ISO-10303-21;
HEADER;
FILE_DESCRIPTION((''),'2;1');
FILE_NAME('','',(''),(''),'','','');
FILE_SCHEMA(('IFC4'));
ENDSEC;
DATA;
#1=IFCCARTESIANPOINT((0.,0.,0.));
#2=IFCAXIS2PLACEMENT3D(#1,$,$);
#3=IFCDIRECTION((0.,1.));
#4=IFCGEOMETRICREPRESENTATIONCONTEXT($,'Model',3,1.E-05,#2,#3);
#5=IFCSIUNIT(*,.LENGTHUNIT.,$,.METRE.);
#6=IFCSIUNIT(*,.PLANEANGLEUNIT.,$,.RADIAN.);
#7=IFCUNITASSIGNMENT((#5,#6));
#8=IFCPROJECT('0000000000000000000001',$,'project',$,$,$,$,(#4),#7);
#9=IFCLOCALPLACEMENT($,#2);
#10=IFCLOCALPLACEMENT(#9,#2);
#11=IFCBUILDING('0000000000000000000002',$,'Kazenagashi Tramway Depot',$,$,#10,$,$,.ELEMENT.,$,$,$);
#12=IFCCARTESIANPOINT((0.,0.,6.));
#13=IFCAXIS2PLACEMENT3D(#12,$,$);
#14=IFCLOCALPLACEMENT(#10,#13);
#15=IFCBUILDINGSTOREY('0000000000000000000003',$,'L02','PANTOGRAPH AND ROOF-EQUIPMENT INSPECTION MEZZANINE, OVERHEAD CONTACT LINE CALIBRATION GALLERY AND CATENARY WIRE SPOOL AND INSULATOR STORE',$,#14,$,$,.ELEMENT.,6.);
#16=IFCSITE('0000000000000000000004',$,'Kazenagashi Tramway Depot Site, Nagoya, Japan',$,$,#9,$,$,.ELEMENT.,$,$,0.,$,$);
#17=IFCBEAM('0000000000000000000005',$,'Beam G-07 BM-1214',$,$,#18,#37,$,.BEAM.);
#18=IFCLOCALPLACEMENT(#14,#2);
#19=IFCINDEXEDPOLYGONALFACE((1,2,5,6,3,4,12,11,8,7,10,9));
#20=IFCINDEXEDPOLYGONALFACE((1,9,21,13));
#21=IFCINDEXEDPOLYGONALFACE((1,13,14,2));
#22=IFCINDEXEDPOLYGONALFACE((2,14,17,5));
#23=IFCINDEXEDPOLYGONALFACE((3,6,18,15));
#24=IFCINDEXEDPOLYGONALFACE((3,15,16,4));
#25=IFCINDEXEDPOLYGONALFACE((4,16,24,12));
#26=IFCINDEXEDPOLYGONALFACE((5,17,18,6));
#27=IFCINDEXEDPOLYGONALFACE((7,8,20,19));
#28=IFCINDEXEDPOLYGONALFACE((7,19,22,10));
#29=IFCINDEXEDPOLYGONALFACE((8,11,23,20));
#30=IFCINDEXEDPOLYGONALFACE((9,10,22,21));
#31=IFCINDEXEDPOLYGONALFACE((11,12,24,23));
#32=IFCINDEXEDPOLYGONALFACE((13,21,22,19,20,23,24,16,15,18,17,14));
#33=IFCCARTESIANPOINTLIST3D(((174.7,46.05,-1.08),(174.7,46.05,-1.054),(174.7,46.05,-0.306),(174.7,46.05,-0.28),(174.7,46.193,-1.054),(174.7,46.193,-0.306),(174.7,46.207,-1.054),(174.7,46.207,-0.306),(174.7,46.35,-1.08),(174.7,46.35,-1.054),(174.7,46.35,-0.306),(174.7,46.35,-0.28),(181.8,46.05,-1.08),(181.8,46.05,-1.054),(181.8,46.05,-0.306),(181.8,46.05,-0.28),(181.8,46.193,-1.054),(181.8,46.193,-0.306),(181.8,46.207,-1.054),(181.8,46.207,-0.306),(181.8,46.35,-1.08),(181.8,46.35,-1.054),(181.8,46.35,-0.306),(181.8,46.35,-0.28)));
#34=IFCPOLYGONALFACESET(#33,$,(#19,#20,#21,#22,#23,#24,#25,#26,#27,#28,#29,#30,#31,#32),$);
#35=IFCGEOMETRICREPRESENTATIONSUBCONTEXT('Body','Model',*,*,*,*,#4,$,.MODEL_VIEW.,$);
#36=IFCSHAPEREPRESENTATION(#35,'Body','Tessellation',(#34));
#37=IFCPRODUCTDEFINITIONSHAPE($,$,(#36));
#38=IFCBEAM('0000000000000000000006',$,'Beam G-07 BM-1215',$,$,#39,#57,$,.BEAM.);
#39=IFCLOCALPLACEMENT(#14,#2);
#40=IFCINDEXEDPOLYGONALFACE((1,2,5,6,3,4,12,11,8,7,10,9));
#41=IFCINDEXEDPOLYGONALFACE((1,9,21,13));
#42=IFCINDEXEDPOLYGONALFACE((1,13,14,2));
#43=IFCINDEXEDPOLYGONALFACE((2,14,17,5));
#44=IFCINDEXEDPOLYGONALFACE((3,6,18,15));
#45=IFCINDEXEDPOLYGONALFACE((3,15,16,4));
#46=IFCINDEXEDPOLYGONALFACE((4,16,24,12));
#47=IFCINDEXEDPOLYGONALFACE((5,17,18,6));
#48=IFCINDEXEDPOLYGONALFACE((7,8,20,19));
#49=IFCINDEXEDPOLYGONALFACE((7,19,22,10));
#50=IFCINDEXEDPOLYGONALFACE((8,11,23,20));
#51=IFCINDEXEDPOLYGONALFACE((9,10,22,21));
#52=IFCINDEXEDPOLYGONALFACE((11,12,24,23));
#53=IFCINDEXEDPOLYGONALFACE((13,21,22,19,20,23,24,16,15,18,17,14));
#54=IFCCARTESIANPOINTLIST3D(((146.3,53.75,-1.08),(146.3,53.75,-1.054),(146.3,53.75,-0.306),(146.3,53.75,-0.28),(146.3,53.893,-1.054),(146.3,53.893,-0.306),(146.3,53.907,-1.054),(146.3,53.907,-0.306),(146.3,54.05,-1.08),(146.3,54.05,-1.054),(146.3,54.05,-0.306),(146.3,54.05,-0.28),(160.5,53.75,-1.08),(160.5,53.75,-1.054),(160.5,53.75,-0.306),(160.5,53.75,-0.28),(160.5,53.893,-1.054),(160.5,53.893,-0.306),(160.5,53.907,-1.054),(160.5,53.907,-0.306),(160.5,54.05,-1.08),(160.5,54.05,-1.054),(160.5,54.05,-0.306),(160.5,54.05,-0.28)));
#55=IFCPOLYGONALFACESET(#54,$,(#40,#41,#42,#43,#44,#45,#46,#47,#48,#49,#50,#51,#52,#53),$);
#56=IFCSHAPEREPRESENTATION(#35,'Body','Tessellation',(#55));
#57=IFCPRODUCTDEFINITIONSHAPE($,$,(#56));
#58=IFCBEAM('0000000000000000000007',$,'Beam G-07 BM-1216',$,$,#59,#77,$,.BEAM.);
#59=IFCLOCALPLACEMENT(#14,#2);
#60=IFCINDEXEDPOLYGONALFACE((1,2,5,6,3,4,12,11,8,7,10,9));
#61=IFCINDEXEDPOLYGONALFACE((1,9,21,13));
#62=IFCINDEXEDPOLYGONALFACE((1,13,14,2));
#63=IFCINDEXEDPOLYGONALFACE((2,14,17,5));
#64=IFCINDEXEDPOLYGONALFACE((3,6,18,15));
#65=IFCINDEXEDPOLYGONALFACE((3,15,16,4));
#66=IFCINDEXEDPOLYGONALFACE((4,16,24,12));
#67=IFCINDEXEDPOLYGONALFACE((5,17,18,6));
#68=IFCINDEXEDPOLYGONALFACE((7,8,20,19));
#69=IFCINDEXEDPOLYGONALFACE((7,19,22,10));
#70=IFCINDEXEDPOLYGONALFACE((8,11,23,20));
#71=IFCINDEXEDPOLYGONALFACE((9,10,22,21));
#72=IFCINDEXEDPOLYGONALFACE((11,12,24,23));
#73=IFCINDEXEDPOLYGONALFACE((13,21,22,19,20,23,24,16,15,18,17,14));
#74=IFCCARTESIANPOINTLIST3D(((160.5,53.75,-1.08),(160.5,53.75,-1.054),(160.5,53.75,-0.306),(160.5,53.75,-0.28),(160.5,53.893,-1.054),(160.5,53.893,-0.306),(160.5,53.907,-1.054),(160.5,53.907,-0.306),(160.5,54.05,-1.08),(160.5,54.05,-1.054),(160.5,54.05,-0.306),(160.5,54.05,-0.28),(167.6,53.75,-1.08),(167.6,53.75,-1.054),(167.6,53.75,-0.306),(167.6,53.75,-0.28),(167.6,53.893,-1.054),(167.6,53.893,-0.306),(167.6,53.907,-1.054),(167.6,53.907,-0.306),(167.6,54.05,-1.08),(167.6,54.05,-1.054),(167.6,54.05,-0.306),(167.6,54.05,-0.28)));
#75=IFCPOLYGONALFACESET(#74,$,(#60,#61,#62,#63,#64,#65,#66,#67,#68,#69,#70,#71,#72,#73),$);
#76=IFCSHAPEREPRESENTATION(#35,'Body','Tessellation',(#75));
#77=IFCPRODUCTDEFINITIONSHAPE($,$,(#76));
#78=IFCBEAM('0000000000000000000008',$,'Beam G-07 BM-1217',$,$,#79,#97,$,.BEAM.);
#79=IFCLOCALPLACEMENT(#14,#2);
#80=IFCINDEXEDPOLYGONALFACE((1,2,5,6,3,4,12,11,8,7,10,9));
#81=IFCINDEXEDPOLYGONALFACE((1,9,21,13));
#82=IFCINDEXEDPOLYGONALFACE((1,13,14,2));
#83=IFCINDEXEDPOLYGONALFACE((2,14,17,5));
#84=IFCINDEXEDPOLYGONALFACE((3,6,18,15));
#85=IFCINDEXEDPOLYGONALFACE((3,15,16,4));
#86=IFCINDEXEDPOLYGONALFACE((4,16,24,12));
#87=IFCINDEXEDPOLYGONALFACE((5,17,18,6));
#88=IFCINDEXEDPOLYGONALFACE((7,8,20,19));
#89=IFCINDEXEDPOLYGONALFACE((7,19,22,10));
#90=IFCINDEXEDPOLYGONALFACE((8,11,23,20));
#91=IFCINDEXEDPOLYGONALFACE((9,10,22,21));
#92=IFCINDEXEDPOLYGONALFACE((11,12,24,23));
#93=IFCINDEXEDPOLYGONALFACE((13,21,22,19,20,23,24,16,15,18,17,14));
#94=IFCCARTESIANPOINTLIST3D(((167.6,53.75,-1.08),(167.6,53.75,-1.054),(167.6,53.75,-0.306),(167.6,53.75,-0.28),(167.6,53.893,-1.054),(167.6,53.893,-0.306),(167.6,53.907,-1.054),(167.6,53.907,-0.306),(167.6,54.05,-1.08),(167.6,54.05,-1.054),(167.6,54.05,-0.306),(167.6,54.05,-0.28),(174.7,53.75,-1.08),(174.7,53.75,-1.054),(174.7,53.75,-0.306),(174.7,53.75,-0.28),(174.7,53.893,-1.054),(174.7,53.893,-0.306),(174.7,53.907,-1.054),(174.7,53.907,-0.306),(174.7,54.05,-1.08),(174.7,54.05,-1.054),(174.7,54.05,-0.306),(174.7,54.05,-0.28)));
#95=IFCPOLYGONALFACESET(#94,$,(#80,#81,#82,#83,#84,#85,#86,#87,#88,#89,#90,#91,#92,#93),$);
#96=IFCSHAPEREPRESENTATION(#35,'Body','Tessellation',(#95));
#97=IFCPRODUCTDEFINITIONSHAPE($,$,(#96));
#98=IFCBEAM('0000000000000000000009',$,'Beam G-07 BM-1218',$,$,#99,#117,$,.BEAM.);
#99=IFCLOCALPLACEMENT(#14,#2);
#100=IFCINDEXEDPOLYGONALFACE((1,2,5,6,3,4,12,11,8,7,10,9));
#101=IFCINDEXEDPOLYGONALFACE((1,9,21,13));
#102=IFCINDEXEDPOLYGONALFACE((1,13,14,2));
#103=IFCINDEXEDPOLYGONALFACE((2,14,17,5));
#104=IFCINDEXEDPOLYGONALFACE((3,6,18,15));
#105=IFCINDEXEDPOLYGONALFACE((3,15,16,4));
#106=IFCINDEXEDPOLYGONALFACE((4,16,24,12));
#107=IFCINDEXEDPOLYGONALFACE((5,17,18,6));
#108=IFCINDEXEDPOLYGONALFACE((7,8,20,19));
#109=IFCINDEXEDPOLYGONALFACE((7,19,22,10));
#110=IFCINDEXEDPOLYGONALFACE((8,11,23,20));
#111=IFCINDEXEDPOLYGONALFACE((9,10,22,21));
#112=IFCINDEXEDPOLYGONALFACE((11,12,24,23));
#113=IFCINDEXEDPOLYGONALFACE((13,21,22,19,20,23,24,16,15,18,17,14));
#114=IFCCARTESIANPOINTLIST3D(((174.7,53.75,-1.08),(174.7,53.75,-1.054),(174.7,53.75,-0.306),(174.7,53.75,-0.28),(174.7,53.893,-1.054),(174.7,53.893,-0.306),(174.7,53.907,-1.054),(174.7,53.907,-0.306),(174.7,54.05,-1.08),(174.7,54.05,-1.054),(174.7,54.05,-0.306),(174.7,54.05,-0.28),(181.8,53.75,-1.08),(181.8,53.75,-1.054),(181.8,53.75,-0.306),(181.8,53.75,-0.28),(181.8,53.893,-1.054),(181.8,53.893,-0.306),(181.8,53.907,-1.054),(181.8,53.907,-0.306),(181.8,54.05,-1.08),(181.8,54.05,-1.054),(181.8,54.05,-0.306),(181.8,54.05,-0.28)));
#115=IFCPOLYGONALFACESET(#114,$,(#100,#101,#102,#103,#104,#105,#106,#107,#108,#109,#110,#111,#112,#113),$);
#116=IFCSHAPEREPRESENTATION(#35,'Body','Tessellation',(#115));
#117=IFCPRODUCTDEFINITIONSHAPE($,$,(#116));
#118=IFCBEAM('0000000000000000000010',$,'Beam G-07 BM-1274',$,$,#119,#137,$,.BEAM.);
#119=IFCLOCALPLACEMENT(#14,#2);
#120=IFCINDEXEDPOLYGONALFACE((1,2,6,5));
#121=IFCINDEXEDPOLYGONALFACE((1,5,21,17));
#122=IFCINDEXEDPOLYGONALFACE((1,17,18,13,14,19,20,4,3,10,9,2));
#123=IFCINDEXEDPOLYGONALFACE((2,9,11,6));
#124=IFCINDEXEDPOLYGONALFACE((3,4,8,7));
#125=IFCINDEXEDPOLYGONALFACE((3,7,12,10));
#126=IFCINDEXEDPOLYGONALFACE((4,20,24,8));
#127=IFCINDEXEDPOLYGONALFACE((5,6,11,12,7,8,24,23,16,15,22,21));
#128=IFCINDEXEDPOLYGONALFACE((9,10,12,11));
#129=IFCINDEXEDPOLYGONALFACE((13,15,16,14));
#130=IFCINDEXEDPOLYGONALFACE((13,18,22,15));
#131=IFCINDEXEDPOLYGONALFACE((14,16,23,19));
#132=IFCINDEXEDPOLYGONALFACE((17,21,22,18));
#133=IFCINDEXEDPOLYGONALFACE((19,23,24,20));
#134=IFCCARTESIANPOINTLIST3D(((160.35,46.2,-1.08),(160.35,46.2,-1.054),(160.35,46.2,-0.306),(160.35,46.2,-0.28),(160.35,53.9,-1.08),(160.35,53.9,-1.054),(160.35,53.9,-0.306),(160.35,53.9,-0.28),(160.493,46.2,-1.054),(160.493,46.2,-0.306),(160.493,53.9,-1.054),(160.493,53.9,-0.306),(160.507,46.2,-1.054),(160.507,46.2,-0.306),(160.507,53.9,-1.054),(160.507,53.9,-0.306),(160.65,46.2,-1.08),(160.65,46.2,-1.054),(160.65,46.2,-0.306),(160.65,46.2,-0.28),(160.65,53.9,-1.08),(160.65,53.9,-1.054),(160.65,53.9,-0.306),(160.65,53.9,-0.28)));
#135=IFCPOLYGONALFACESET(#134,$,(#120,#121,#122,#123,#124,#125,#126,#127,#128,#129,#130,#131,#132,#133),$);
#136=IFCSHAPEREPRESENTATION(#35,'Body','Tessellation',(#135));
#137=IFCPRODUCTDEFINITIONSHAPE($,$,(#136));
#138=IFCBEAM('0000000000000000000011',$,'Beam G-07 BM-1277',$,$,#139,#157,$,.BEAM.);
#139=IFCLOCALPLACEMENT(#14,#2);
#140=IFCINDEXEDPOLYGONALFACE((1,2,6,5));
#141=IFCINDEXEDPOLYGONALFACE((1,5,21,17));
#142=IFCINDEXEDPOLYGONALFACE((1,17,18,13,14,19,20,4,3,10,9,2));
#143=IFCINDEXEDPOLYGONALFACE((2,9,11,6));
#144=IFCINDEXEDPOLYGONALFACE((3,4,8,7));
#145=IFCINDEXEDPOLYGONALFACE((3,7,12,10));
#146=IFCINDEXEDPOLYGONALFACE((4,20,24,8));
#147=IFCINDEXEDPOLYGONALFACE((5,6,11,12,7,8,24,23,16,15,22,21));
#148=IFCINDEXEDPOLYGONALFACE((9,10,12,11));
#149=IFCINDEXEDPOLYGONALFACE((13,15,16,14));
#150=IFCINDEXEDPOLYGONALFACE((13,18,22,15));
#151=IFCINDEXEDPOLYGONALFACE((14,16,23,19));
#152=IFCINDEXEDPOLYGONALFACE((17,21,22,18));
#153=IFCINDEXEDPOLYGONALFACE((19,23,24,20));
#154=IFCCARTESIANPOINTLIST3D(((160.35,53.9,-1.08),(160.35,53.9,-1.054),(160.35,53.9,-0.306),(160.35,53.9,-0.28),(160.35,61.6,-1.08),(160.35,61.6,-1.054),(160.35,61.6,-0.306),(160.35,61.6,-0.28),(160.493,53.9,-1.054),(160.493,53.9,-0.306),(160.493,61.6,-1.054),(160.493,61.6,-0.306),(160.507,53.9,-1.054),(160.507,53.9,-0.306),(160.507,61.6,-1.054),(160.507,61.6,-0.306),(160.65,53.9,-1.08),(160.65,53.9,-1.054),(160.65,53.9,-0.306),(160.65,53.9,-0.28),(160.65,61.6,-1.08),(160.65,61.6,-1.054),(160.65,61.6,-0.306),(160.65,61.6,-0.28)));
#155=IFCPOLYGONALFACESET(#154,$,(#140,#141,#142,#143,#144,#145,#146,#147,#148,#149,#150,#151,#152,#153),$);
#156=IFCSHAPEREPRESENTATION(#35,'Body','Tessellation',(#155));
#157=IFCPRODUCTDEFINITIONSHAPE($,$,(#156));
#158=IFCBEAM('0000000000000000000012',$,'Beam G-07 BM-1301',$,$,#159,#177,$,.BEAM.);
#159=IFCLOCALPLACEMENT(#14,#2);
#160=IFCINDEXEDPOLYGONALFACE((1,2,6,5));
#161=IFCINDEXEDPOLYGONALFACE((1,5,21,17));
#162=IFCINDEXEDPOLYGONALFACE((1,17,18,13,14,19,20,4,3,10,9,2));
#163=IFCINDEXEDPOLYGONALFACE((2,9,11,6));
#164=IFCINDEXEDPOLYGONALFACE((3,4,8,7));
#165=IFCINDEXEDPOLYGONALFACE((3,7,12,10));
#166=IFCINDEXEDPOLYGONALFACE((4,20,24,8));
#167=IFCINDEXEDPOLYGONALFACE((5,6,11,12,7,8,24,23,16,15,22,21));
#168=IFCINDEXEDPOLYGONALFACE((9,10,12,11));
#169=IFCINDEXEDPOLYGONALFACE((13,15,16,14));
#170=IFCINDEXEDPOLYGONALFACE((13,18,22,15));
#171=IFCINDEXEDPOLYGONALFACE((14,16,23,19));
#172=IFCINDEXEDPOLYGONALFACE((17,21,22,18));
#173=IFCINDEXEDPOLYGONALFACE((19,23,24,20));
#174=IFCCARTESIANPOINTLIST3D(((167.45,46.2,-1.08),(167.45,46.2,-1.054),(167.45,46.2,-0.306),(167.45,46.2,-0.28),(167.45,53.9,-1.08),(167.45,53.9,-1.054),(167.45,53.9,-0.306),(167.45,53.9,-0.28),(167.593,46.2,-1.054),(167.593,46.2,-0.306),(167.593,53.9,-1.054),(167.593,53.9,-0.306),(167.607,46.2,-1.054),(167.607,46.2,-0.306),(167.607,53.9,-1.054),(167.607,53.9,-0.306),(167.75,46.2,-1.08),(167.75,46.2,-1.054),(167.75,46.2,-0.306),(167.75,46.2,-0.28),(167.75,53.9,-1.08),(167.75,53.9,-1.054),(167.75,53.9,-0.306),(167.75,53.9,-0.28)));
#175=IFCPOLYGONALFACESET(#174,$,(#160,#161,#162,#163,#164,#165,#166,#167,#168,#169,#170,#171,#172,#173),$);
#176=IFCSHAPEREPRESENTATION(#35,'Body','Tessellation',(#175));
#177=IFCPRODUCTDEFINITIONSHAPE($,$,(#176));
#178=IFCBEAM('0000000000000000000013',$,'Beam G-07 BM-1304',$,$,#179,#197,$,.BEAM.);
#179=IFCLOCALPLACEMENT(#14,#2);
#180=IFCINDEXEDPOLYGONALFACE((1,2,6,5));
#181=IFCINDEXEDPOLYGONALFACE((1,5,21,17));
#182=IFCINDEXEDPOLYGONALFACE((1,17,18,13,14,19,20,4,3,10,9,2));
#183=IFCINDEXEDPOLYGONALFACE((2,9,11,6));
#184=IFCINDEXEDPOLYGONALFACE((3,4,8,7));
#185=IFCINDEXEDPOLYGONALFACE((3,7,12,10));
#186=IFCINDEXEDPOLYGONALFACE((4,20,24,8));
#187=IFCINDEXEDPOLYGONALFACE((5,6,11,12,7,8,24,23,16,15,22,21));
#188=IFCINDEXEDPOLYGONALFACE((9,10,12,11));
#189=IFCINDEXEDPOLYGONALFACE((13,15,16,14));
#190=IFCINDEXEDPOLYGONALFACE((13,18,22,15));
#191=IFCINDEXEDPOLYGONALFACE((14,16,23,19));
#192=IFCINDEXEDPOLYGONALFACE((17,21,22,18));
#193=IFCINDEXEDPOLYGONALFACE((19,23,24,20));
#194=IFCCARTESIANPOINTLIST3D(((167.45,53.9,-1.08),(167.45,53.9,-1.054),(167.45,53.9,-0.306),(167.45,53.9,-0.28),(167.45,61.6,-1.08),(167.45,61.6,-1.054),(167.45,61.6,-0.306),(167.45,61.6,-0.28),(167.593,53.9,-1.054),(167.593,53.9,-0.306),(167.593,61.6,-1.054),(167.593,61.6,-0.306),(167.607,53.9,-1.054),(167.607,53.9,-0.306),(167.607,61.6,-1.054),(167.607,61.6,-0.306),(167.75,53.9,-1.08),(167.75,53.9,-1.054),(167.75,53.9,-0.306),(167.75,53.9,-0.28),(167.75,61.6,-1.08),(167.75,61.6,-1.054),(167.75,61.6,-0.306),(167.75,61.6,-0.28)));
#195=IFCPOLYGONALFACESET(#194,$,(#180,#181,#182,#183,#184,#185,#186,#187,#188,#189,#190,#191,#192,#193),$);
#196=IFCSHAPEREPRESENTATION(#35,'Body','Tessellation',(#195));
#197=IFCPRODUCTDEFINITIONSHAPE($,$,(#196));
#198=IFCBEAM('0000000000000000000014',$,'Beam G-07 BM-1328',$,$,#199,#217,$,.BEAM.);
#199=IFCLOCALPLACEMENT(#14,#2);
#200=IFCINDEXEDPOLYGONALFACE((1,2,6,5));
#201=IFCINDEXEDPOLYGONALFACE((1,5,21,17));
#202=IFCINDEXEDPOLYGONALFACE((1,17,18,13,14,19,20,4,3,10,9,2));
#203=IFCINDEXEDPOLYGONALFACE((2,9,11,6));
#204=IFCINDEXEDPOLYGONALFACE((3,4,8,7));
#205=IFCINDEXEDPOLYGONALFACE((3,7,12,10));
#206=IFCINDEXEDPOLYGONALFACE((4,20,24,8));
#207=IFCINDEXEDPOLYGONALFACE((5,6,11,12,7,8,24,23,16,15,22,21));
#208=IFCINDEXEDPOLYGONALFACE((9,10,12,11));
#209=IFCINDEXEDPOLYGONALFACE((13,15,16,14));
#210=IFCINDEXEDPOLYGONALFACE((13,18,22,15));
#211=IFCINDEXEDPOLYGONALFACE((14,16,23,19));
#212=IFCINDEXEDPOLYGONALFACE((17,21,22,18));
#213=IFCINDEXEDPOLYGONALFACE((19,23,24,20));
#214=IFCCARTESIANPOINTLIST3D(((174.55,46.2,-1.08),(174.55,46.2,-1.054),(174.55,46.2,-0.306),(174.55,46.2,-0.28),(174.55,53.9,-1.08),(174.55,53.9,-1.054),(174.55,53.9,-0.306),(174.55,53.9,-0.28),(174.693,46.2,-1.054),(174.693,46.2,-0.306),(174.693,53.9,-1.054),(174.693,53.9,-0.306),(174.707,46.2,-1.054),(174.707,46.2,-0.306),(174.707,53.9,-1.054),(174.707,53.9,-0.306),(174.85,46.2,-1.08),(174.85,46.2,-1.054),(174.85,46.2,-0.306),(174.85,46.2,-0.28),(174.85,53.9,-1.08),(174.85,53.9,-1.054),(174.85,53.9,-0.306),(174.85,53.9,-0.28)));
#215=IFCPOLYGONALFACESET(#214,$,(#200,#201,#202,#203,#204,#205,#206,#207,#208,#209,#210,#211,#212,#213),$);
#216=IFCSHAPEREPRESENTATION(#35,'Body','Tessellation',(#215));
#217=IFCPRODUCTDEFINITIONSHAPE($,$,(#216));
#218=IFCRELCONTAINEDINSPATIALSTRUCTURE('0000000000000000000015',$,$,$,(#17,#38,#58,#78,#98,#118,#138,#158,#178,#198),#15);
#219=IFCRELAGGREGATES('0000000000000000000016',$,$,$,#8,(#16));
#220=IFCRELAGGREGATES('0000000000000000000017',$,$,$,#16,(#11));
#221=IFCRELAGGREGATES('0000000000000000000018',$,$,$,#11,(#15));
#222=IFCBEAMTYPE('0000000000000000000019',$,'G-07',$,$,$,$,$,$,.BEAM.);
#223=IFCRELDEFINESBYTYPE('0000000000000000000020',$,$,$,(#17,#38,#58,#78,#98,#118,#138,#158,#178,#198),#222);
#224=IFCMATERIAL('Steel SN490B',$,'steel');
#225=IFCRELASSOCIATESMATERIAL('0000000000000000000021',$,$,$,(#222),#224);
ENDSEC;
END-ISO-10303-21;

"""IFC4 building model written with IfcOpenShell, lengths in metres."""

from ifc_helpers import new_model, si_unit, direction, frame, origin, origin_2d, place, context, subcontext, project, spatial, i_section, extrude, material, material_profile, profile_set, type_object, element, save


model = new_model("IFC4")

# Units and contexts
model_context = context("Model", 3, precision=1e-05, world=origin(), true_north=direction((0.0, 1.0)))
body_context = subcontext(model_context, "Body", "Model", "MODEL_VIEW")
ifc_project = project(units=[si_unit("LENGTHUNIT", "METRE"), si_unit("PLANEANGLEUNIT", "RADIAN")], contexts=[model_context])

# Site, building, storey
site_placement = place(None, origin())
site = spatial("IfcSite", under=ifc_project, at=site_placement, Name="Kazenagashi Tramway Depot Site, Nagoya, Japan", CompositionType="ELEMENT", RefElevation=0.0)
building_placement = place(site_placement, origin())
building = spatial("IfcBuilding", under=site, at=building_placement, Name="Kazenagashi Tramway Depot", CompositionType="ELEMENT")
storey_placement = place(building_placement, frame((0.0, 0.0, 6.0)))
storey = spatial("IfcBuildingStorey", under=building, at=storey_placement, Name="L02", Description="PANTOGRAPH AND ROOF-EQUIPMENT INSPECTION MEZZANINE, OVERHEAD CONTACT LINE CALIBRATION GALLERY AND CATENARY WIRE SPOOL AND INSULATOR STORE", CompositionType="ELEMENT", Elevation=6.0)

# Shared definitions
ifc_material_1 = material(Name="Steel SN490B", Category="steel")

# Beams
ifc_material_profile_1 = material_profile(ifc_material_1, i_section(OverallWidth=0.3, OverallDepth=0.8, WebThickness=0.014, FlangeThickness=0.026, at=origin_2d()), Name="H-800x300x14x26")
ifc_profile_set_1 = profile_set([ifc_material_profile_1], Name="Steel SN490B")
beam_type_1 = type_object("IfcBeamType", Name="G-07", PredefinedType="BEAM", material=ifc_profile_set_1)
for number, where, z_axis, x_axis, name in (
    (1, (174.7, 46.2, -0.68), (1.0, 0.0, 0.0), (0.0, 1.0, 0.0), "Beam G-07 BM-1214"),
):
    element("IfcBeam", number, at=place(storey_placement, frame(where, z_axis=z_axis, x_axis=x_axis)), inside=storey, type_object=beam_type_1, Name=name, PredefinedType="BEAM", context=body_context, shape_type="SweptSolid", body=[
        extrude(i_section(OverallWidth=0.3, OverallDepth=0.8, WebThickness=0.014, FlangeThickness=0.026, at=origin_2d()), origin(), (0.0, 0.0, 1.0), 7.1),
    ])
beam_1_placement = place(storey_placement, frame((146.3, 53.9, -0.68), z_axis=(1.0, 0.0, 0.0), x_axis=(0.0, 1.0, 0.0)))
element("IfcBeam", 2, at=beam_1_placement, inside=storey, type_object=beam_type_1, Name="Beam G-07 BM-1215", PredefinedType="BEAM", context=body_context, shape_type="SweptSolid", body=[
    extrude(i_section(OverallWidth=0.3, OverallDepth=0.8, WebThickness=0.014, FlangeThickness=0.026, at=origin_2d()), origin(), (0.0, 0.0, 1.0), 14.2),
])
for number, where, z_axis, x_axis, name in (
    (3, (160.5, 53.9, -0.68), (1.0, 0.0, 0.0), (0.0, 1.0, 0.0), "Beam G-07 BM-1216"),
    (4, (167.6, 53.9, -0.68), (1.0, 0.0, 0.0), (0.0, 1.0, 0.0), "Beam G-07 BM-1217"),
    (5, (174.7, 53.9, -0.68), (1.0, 0.0, 0.0), (0.0, 1.0, 0.0), "Beam G-07 BM-1218"),
):
    element("IfcBeam", number, at=place(storey_placement, frame(where, z_axis=z_axis, x_axis=x_axis)), inside=storey, type_object=beam_type_1, Name=name, PredefinedType="BEAM", context=body_context, shape_type="SweptSolid", body=[
        extrude(i_section(OverallWidth=0.3, OverallDepth=0.8, WebThickness=0.014, FlangeThickness=0.026, at=origin_2d()), origin(), (0.0, 0.0, 1.0), 7.1),
    ])
for number, where, z_axis, x_axis, name in (
    (6, (160.5, 46.2, -0.68), (0.0, 1.0, 0.0), (-1.0, 0.0, 0.0), "Beam G-07 BM-1274"),
    (7, (160.5, 53.9, -0.68), (0.0, 1.0, 0.0), (-1.0, 0.0, 0.0), "Beam G-07 BM-1277"),
    (8, (167.6, 46.2, -0.68), (0.0, 1.0, 0.0), (-1.0, 0.0, 0.0), "Beam G-07 BM-1301"),
    (9, (167.6, 53.9, -0.68), (0.0, 1.0, 0.0), (-1.0, 0.0, 0.0), "Beam G-07 BM-1304"),
    (10, (174.7, 46.2, -0.68), (0.0, 1.0, 0.0), (-1.0, 0.0, 0.0), "Beam G-07 BM-1328"),
):
    element("IfcBeam", number, at=place(storey_placement, frame(where, z_axis=z_axis, x_axis=x_axis)), inside=storey, type_object=beam_type_1, Name=name, PredefinedType="BEAM", context=body_context, shape_type="SweptSolid", body=[
        extrude(i_section(OverallWidth=0.3, OverallDepth=0.8, WebThickness=0.014, FlangeThickness=0.026, at=origin_2d()), origin(), (0.0, 0.0, 1.0), 7.7),
    ])

save(model, "model.ifc")
